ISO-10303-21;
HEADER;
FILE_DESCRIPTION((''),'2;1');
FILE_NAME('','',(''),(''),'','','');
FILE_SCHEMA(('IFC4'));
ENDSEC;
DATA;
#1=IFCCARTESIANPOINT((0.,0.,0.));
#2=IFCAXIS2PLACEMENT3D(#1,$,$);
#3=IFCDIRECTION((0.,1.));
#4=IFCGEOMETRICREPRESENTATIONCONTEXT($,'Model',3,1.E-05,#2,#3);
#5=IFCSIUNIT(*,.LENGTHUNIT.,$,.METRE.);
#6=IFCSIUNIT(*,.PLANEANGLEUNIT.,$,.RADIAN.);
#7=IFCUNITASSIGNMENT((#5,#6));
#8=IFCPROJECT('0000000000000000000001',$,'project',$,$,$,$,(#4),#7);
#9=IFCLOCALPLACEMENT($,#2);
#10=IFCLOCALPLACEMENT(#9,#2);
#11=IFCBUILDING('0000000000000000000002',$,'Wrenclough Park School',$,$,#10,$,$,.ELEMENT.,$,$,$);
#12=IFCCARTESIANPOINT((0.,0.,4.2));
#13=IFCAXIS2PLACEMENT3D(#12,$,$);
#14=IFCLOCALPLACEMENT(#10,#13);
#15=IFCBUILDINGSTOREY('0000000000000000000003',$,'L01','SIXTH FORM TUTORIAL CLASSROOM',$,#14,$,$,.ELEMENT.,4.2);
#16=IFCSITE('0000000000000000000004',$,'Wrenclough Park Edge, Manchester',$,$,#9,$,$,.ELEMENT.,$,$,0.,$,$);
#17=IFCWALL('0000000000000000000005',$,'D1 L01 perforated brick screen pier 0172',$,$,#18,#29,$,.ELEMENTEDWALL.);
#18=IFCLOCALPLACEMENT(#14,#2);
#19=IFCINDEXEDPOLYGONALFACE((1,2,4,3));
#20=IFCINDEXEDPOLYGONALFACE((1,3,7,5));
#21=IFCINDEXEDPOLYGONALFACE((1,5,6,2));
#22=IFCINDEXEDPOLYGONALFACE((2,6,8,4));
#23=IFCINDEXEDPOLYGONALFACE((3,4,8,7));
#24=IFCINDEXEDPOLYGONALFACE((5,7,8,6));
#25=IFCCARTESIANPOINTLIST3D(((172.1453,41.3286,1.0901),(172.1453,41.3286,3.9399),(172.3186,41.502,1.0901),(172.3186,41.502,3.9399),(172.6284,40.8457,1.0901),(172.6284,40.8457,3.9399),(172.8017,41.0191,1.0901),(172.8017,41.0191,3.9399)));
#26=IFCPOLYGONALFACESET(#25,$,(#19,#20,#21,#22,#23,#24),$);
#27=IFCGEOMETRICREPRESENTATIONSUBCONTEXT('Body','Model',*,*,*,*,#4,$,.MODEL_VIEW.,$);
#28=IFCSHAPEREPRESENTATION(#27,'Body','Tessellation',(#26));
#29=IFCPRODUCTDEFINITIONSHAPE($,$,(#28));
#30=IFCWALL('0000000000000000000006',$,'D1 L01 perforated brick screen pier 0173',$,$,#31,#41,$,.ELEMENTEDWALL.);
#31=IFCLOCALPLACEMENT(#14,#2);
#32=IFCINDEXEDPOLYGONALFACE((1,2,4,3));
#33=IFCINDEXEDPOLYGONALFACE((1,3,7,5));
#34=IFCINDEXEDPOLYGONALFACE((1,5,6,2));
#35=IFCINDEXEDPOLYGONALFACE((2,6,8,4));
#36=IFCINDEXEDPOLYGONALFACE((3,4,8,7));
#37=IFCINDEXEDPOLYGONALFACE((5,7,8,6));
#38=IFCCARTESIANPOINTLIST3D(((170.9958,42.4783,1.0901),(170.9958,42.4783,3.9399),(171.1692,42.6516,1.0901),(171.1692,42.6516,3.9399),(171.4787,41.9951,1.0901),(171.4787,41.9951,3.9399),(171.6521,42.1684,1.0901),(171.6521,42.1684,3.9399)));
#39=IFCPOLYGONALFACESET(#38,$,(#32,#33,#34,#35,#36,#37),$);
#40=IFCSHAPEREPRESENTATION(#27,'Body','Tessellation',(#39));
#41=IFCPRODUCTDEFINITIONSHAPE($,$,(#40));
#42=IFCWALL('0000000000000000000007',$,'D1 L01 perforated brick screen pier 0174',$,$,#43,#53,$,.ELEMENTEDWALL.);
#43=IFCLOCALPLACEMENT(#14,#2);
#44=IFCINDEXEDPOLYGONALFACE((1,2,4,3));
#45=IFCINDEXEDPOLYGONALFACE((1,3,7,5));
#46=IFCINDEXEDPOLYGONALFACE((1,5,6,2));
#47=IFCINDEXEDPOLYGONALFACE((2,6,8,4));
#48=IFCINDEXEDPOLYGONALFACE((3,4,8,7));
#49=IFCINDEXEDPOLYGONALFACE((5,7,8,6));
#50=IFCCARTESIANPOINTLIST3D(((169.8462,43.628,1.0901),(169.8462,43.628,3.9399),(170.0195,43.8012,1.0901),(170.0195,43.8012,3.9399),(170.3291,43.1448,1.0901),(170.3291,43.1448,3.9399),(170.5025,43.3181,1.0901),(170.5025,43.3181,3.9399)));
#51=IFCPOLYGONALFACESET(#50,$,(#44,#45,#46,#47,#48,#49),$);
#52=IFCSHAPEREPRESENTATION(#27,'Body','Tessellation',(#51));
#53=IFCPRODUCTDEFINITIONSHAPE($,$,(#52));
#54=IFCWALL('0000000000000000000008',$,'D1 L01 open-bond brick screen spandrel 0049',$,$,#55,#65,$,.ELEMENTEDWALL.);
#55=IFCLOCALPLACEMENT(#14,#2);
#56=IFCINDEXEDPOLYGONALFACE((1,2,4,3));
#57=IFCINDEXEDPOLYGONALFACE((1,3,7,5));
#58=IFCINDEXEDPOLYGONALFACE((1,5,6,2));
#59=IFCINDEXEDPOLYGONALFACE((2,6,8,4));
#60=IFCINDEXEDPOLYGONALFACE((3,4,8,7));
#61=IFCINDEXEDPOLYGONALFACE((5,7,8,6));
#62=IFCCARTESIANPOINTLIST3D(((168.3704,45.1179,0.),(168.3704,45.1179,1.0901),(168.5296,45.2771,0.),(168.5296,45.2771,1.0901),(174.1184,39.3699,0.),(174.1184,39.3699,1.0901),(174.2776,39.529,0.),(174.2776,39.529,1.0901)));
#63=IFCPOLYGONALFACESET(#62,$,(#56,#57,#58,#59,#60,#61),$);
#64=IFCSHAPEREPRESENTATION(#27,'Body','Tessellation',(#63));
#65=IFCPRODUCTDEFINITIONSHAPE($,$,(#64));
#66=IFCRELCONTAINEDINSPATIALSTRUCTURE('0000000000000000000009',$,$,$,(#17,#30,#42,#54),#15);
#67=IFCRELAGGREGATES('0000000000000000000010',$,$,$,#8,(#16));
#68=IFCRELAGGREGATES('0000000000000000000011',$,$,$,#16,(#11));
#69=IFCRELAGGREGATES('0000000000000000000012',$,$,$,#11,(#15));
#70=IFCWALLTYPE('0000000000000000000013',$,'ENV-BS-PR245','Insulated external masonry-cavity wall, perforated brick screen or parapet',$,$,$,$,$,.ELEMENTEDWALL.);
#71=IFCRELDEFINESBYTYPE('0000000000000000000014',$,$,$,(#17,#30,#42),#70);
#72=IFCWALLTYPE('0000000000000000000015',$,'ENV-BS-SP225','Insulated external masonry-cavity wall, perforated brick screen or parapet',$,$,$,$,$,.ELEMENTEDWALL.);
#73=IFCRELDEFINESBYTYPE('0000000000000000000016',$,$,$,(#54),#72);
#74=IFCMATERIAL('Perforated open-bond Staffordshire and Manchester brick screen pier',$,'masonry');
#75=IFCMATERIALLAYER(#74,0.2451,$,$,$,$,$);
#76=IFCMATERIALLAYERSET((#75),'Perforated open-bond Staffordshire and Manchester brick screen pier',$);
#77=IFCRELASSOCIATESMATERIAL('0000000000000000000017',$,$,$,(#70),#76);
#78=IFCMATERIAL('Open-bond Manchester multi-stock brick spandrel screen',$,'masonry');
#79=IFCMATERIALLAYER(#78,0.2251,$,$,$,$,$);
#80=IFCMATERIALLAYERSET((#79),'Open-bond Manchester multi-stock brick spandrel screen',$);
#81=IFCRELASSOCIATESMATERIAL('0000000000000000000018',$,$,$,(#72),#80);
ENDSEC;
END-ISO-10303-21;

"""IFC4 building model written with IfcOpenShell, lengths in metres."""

from ifc_helpers import new_model, si_unit, direction, frame, frame_2d, origin, place, context, subcontext, project, spatial, rectangle, extrude, material, layer, layer_set, type_object, element, save


model = new_model("IFC4")

# Units and contexts
model_context = context("Model", 3, precision=1e-05, world=origin(), true_north=direction((0.0, 1.0)))
body_context = subcontext(model_context, "Body", "Model", "MODEL_VIEW")
ifc_project = project(units=[si_unit("LENGTHUNIT", "METRE"), si_unit("PLANEANGLEUNIT", "RADIAN")], contexts=[model_context])

# Site, building, storey
site_placement = place(None, origin())
site = spatial("IfcSite", under=ifc_project, at=site_placement, Name="Wrenclough Park Edge, Manchester", CompositionType="ELEMENT", RefElevation=0.0)
building_placement = place(site_placement, origin())
building = spatial("IfcBuilding", under=site, at=building_placement, Name="Wrenclough Park School", CompositionType="ELEMENT")
storey_placement = place(building_placement, frame((0.0, 0.0, 4.2)))
storey = spatial("IfcBuildingStorey", under=building, at=storey_placement, Name="L01", Description="SIXTH FORM TUTORIAL CLASSROOM", CompositionType="ELEMENT", Elevation=4.2)

# Walls
ifc_material_1 = material(Name="Perforated open-bond Staffordshire and Manchester brick screen pier", Category="masonry")
ifc_layer_1 = layer(ifc_material_1, 0.2451)
ifc_layer_set_1 = layer_set([ifc_layer_1], Name="Perforated open-bond Staffordshire and Manchester brick screen pier")
wall_type_1 = type_object("IfcWallType", Name="ENV-BS-PR245", Description="Insulated external masonry-cavity wall, perforated brick screen or parapet", PredefinedType="ELEMENTEDWALL", material=ifc_layer_set_1)
for number, where, z_axis, x_axis, name in (
    (1, (172.7151, 40.9324, 1.0901), (0.0, 0.0, 1.0), (-0.707285, 0.706928, 0.0), "D1 L01 perforated brick screen pier 0172"),
    (2, (171.5654, 42.0818, 1.0901), (0.0, 0.0, 1.0), (-0.706928, 0.707285, 0.0), "D1 L01 perforated brick screen pier 0173"),
    (3, (170.4158, 43.2314, 1.0901), (0.0, 0.0, 1.0), (-0.706928, 0.707285, 0.0), "D1 L01 perforated brick screen pier 0174"),
):
    element("IfcWall", number, at=place(storey_placement, frame(where, z_axis=z_axis, x_axis=x_axis)), inside=storey, type_object=wall_type_1, Name=name, PredefinedType="ELEMENTEDWALL", context=body_context, shape_type="SweptSolid", body=[
        extrude(rectangle(XDim=0.6831, YDim=0.2451, at=frame_2d((0.3416, 0.0))), origin(), (0.0, 0.0, 1.0), 2.8499),
    ])
ifc_material_2 = material(Name="Open-bond Manchester multi-stock brick spandrel screen", Category="masonry")
ifc_layer_2 = layer(ifc_material_2, 0.2251)
ifc_layer_set_2 = layer_set([ifc_layer_2], Name="Open-bond Manchester multi-stock brick spandrel screen")
wall_type_2 = type_object("IfcWallType", Name="ENV-BS-SP225", Description="Insulated external masonry-cavity wall, perforated brick screen or parapet", PredefinedType="ELEMENTEDWALL", material=ifc_layer_set_2)
wall_1_placement = place(storey_placement, frame((174.198, 39.4495, 0.0), z_axis=(0.0, 0.0, 1.0), x_axis=(-0.707107, 0.707107, 0.0)))
element("IfcWall", 4, at=wall_1_placement, inside=storey, type_object=wall_type_2, Name="D1 L01 open-bond brick screen spandrel 0049", PredefinedType="ELEMENTEDWALL", context=body_context, shape_type="SweptSolid", body=[
    extrude(rectangle(XDim=8.1289, YDim=0.2251, at=frame_2d((4.0645, 0.0))), origin(), (0.0, 0.0, 1.0), 1.0901),
])

save(model, "model.ifc")
